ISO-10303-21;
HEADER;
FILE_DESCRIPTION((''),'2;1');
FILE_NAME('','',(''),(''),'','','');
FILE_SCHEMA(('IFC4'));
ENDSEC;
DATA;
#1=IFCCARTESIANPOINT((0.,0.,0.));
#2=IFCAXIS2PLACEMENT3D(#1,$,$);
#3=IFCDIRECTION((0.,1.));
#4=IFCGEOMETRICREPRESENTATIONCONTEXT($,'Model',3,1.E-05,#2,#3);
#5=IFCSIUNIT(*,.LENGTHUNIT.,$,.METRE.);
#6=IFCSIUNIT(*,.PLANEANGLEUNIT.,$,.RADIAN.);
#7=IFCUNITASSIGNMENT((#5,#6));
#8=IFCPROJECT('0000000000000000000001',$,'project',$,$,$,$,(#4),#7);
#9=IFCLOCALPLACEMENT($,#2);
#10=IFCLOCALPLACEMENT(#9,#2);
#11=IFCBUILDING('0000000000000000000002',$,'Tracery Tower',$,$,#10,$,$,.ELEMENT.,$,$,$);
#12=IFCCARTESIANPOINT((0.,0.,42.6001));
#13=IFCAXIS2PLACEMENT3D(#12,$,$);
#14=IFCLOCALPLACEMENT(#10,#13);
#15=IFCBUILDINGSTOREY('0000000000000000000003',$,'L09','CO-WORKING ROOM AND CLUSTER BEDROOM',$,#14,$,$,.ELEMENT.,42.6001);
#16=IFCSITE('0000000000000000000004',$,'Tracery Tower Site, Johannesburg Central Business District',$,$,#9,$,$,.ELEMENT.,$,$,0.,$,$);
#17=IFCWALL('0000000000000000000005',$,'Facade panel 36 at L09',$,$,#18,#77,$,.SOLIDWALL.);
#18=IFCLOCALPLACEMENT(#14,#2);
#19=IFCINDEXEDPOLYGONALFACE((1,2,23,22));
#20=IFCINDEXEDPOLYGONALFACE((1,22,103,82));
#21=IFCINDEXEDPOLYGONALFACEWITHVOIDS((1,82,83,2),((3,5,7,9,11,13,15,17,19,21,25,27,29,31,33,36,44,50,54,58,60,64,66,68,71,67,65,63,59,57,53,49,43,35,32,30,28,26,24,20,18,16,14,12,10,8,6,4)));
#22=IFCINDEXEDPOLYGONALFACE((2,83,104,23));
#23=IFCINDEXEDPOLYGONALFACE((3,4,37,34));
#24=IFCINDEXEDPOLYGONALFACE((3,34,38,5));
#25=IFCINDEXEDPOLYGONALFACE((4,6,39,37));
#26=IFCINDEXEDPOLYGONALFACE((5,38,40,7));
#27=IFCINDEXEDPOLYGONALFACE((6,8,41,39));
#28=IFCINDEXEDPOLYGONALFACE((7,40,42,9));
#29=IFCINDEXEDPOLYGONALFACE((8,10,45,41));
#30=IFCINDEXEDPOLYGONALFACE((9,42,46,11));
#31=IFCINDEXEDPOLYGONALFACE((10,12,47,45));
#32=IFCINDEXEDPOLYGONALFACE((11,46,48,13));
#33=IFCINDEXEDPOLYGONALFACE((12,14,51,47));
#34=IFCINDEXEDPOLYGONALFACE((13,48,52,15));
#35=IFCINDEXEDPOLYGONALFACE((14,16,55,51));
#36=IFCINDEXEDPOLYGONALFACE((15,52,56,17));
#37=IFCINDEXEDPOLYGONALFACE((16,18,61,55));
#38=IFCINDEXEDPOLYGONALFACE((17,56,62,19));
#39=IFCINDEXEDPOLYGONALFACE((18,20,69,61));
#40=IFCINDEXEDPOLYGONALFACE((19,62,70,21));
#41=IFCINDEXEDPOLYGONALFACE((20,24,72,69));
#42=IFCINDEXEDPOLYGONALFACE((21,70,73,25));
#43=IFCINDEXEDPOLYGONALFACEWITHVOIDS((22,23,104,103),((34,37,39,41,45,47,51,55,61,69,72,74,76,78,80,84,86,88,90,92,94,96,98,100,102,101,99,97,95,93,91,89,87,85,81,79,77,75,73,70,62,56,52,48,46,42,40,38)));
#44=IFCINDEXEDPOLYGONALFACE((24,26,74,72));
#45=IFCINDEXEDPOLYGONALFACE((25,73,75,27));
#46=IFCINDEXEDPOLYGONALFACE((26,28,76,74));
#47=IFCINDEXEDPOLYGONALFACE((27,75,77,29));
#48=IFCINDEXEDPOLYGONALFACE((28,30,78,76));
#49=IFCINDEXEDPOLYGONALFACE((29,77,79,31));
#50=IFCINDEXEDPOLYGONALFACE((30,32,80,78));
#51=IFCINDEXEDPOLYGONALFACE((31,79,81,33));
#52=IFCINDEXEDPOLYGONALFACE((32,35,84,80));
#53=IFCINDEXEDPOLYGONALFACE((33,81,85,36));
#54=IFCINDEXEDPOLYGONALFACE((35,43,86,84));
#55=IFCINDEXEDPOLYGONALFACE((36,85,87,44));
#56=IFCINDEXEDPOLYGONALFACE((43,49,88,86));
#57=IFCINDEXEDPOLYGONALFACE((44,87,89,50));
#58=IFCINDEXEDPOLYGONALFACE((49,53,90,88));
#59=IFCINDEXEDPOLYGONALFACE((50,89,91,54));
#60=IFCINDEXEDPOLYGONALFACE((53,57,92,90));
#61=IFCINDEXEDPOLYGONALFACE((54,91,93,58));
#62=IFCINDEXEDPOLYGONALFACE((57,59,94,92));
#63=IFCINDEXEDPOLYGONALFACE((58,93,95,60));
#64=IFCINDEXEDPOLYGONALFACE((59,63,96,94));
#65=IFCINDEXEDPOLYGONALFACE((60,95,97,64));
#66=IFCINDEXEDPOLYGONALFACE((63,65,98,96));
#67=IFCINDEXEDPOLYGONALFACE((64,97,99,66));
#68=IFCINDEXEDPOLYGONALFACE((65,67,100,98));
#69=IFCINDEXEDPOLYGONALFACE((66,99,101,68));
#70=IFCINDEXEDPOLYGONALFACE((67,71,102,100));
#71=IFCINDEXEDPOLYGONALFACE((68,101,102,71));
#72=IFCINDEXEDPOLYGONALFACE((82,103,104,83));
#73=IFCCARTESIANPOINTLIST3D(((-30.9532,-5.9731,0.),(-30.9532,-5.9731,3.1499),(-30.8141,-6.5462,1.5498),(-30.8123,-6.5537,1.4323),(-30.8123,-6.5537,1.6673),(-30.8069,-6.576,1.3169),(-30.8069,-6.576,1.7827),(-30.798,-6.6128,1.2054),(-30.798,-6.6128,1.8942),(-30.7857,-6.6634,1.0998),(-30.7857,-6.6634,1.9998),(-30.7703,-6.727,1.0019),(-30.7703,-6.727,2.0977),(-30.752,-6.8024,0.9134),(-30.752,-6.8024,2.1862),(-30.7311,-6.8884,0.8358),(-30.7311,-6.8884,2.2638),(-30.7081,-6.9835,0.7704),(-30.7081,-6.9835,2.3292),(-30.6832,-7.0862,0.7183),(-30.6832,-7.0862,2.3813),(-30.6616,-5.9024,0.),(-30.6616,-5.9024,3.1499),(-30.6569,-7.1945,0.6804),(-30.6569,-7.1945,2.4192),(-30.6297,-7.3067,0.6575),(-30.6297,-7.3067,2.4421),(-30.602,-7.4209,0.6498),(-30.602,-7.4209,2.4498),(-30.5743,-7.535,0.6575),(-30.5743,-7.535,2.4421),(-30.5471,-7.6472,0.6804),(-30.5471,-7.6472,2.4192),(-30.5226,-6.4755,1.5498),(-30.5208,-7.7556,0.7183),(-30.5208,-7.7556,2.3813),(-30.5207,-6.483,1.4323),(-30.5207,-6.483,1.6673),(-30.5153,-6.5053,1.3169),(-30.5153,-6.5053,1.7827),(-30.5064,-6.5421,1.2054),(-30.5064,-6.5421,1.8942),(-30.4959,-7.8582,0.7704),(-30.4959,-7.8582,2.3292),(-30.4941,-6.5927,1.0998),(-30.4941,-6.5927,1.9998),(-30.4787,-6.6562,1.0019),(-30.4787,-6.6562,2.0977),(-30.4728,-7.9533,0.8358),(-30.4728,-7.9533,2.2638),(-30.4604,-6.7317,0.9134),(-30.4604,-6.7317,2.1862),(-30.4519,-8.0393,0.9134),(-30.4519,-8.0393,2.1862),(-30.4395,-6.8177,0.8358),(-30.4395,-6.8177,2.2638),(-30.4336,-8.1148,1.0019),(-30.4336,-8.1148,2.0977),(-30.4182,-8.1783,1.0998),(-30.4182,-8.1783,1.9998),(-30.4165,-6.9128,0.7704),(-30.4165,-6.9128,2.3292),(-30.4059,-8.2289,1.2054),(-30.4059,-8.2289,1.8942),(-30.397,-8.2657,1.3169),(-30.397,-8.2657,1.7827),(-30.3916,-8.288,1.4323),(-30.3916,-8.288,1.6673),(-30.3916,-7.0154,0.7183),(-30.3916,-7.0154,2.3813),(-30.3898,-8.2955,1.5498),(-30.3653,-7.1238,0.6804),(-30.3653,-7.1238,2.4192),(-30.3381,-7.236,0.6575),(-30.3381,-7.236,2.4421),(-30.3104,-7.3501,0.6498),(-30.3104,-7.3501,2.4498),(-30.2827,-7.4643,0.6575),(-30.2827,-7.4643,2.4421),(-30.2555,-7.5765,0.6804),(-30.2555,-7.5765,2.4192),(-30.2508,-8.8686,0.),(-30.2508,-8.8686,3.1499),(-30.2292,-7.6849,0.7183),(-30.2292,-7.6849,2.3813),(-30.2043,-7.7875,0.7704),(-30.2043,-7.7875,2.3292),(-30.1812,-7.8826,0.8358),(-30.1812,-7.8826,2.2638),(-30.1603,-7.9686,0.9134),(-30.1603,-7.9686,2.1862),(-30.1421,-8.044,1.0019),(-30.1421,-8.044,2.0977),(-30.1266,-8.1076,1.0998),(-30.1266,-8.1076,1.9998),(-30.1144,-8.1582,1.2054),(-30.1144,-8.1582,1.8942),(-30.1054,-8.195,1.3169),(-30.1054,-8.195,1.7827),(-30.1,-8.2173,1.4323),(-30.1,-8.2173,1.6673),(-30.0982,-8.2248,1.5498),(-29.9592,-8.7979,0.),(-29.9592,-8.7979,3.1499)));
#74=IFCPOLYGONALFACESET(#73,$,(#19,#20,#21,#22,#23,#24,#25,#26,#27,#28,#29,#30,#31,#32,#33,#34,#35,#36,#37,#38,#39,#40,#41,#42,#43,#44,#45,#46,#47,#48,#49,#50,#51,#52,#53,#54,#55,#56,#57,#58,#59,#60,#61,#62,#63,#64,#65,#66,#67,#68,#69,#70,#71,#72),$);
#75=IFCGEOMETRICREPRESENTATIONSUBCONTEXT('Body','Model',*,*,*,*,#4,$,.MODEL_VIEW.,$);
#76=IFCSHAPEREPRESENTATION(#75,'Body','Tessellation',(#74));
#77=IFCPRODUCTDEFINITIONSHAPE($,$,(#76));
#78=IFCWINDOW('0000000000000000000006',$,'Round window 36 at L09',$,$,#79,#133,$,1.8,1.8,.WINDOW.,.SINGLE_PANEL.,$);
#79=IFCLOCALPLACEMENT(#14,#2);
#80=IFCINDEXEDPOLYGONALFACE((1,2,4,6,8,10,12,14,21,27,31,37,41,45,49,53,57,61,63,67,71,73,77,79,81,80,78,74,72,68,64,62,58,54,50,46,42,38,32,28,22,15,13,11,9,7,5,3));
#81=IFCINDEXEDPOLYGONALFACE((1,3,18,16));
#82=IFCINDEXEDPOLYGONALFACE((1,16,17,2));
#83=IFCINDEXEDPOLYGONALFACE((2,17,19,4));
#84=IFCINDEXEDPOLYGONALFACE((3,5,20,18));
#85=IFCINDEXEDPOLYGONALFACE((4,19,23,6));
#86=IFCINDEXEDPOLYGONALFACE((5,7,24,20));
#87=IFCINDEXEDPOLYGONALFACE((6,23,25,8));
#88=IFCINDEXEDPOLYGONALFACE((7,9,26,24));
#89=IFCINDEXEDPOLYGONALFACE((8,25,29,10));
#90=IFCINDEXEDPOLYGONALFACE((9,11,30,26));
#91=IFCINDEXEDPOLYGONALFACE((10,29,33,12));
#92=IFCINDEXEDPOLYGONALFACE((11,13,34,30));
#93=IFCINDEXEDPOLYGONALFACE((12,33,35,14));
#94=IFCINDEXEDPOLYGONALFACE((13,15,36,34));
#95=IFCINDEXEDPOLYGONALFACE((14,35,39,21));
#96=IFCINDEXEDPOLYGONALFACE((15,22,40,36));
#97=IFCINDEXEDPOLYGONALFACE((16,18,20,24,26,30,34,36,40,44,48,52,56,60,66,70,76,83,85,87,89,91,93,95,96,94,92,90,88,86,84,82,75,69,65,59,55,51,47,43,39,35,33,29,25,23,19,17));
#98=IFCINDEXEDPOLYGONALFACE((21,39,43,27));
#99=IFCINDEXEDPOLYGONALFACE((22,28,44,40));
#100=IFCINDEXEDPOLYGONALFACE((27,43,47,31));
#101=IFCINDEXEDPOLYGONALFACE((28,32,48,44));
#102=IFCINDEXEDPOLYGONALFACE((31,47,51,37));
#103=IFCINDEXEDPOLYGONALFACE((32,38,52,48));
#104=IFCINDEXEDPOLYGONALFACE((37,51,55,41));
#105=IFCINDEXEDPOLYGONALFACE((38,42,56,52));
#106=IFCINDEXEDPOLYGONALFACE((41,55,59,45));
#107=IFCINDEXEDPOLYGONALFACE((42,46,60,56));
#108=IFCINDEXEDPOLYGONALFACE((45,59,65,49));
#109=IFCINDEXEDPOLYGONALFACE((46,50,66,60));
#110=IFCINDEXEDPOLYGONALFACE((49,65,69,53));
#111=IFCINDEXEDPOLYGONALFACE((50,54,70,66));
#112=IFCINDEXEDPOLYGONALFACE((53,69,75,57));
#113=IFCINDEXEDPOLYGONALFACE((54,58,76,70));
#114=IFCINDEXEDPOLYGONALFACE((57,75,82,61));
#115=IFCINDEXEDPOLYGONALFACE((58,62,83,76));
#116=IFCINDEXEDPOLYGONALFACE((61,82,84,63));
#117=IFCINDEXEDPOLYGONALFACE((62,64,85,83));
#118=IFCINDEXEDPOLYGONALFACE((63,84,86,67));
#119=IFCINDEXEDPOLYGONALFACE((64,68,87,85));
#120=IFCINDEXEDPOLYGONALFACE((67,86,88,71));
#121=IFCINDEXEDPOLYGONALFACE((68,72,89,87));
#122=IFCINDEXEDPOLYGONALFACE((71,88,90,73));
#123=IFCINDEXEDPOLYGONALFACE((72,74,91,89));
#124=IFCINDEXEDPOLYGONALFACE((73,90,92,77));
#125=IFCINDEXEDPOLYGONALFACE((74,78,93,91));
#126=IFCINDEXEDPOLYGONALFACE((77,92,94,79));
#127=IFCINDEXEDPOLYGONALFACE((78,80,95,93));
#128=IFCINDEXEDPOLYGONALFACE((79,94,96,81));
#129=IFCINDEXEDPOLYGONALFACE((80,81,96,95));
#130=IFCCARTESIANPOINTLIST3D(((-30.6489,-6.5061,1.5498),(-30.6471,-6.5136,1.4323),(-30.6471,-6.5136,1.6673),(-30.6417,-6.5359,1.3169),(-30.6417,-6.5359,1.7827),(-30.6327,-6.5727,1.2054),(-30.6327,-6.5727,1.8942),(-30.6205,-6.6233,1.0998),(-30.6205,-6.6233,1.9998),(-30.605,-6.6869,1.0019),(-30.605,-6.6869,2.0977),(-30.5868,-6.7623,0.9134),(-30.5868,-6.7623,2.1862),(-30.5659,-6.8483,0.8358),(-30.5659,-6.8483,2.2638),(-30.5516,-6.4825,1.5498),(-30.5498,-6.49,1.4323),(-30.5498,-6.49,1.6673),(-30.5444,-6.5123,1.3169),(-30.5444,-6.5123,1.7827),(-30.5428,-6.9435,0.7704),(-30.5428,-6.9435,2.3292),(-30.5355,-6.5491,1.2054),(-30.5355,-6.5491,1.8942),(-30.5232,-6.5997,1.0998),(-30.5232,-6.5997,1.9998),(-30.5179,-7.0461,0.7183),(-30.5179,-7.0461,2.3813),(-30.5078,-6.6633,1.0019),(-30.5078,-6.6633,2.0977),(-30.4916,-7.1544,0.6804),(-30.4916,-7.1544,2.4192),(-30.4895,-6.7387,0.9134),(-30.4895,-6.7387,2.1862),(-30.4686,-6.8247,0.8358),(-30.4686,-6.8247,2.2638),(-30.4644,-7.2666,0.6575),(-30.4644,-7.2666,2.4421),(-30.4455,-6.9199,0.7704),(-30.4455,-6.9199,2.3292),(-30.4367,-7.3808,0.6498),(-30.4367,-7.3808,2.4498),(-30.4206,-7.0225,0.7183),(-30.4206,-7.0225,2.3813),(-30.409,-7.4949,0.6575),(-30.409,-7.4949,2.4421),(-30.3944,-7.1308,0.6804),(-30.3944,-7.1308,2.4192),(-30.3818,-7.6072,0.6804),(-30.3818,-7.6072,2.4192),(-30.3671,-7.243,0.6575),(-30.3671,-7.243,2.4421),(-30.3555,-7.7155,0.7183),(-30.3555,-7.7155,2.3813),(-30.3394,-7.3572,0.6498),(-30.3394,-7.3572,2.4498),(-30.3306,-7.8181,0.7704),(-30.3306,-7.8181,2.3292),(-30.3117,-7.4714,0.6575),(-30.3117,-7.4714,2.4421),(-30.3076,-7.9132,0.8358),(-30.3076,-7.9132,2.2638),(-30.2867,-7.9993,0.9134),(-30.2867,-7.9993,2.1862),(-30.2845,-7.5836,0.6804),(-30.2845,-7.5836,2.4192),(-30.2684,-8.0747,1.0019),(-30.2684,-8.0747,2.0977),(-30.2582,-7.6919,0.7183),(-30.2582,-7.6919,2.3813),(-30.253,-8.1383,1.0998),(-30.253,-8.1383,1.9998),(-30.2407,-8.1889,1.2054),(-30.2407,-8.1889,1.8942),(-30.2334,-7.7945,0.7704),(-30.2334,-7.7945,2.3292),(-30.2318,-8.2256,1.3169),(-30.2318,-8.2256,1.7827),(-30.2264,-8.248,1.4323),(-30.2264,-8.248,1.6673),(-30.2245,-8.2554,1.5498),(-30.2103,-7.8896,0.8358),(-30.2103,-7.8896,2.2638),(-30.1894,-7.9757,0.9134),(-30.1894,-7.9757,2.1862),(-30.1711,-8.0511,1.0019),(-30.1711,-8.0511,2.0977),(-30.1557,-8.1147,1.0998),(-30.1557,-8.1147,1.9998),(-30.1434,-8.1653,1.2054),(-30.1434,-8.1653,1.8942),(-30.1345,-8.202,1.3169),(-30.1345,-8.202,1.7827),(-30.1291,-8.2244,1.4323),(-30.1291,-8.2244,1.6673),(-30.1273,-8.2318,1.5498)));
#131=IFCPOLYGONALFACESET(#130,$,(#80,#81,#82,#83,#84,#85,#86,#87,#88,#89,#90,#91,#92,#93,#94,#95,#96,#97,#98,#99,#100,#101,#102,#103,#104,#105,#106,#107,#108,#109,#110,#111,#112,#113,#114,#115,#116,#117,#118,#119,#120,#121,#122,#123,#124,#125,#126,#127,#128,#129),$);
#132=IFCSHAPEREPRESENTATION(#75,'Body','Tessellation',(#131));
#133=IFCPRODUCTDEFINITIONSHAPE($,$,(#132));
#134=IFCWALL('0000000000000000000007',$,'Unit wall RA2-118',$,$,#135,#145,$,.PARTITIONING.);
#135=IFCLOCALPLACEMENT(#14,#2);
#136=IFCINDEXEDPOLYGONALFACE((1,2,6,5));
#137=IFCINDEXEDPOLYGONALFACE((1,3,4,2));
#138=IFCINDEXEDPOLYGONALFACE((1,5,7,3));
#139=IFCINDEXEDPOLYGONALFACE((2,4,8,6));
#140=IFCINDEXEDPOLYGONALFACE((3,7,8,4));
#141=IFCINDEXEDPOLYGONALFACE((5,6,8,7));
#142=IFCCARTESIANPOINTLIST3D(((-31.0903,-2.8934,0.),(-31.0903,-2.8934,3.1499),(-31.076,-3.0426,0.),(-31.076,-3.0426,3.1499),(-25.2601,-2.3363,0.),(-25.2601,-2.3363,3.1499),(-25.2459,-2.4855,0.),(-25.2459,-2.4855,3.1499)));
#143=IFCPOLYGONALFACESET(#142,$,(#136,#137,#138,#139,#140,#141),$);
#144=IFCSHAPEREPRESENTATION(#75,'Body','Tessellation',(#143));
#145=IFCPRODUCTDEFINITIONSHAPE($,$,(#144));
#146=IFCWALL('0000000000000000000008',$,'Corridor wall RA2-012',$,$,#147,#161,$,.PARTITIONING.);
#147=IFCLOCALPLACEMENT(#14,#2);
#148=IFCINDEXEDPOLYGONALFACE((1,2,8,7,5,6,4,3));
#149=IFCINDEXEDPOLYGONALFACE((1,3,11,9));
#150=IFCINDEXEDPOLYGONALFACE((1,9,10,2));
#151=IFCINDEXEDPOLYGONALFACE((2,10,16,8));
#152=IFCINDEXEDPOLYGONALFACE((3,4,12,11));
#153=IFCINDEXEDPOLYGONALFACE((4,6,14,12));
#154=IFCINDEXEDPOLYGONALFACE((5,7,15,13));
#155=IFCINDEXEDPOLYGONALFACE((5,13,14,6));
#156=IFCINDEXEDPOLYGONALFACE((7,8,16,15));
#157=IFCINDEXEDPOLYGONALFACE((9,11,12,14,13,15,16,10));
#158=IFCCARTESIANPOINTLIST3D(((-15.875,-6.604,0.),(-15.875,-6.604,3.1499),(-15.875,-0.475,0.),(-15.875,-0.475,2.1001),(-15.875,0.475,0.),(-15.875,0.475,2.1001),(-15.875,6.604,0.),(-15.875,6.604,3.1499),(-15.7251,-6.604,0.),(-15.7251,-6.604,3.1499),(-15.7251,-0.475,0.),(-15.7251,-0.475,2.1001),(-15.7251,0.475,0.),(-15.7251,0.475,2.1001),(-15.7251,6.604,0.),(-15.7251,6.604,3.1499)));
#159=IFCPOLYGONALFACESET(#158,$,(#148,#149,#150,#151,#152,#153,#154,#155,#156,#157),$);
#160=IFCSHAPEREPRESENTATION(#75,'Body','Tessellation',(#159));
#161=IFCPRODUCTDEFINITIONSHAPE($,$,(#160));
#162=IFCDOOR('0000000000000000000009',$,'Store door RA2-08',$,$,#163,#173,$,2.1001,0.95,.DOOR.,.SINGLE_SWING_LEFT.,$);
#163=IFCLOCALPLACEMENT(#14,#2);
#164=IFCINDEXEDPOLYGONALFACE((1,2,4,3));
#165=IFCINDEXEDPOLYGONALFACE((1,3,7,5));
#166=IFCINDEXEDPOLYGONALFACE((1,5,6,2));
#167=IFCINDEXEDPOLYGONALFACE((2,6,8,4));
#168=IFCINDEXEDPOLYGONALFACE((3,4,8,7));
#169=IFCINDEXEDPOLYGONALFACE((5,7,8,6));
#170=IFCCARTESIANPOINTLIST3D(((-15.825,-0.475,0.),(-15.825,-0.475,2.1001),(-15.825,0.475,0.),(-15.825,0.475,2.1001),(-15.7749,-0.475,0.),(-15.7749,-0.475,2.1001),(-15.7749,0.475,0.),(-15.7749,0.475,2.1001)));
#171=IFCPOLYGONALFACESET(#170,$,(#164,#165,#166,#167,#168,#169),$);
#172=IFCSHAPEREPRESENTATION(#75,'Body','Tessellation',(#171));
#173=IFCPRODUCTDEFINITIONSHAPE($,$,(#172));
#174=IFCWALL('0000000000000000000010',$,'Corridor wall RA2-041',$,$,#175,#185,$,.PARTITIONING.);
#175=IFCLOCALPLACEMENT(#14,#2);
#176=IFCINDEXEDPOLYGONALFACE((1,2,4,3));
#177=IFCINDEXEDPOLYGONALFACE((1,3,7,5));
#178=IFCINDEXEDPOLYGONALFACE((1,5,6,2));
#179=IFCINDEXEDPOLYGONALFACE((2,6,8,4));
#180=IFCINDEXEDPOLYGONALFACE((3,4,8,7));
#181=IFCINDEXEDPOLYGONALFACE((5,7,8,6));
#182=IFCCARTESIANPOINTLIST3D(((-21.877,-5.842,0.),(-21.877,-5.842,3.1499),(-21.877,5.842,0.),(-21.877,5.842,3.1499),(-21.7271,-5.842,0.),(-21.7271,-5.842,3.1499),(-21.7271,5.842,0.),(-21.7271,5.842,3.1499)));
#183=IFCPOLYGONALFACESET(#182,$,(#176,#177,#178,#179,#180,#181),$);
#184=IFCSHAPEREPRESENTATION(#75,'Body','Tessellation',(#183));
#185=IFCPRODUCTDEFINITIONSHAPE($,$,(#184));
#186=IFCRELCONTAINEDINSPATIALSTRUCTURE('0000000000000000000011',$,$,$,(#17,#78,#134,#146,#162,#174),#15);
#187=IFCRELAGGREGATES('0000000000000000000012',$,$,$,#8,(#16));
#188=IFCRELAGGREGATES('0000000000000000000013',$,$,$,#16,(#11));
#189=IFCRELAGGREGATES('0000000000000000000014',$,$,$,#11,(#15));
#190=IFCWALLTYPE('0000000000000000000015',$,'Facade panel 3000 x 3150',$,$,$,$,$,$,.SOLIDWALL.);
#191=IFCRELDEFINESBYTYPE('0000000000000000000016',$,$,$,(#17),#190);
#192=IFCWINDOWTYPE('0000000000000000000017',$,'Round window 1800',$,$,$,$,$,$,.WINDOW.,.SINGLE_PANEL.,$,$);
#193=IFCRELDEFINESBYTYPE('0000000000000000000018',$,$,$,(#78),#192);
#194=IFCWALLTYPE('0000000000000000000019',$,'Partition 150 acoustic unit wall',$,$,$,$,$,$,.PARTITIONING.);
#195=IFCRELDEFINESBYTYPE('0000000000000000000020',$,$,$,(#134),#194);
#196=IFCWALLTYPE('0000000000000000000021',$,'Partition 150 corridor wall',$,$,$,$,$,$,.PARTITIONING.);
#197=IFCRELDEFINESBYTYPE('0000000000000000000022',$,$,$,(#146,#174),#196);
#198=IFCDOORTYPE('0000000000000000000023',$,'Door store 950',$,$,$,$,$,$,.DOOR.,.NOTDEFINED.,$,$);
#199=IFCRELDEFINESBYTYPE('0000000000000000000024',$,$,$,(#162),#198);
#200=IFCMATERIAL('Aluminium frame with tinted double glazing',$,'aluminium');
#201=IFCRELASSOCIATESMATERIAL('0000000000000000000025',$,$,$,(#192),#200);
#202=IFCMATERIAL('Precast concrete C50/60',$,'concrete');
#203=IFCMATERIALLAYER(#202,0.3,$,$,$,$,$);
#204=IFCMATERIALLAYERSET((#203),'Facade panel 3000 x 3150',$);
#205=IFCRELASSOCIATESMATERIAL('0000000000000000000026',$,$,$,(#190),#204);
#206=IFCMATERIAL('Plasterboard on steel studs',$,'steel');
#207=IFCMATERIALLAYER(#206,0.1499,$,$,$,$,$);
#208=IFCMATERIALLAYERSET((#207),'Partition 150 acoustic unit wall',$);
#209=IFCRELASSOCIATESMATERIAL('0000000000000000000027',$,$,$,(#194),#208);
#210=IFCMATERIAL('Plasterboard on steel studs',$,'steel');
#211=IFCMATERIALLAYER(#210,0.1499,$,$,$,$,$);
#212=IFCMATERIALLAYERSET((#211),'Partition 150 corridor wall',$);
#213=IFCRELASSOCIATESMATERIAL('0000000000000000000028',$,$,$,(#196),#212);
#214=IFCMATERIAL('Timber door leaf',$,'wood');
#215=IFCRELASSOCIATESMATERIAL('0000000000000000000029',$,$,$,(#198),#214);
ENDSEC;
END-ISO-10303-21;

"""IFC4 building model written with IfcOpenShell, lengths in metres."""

from ifc_helpers import new_model, si_unit, direction, frame, frame_2d, origin, origin_2d, place, context, subcontext, project, spatial, rectangle, circle, extrude, material, layer, layer_set, type_object, element, fill, save


model = new_model("IFC4")

# Units and contexts
model_context = context("Model", 3, precision=1e-05, world=origin(), true_north=direction((0.0, 1.0)))
body_context = subcontext(model_context, "Body", "Model", "MODEL_VIEW")
ifc_project = project(units=[si_unit("LENGTHUNIT", "METRE"), si_unit("PLANEANGLEUNIT", "RADIAN")], contexts=[model_context])

# Site, building, storey
site_placement = place(None, origin())
site = spatial("IfcSite", under=ifc_project, at=site_placement, Name="Tracery Tower Site, Johannesburg Central Business District", CompositionType="ELEMENT", RefElevation=0.0)
building_placement = place(site_placement, origin())
building = spatial("IfcBuilding", under=site, at=building_placement, Name="Tracery Tower", CompositionType="ELEMENT")
storey_placement = place(building_placement, frame((0.0, 0.0, 42.6001)))
storey = spatial("IfcBuildingStorey", under=building, at=storey_placement, Name="L09", Description="CO-WORKING ROOM AND CLUSTER BEDROOM", CompositionType="ELEMENT", Elevation=42.6001)

# Wall, opening, window
ifc_material_1 = material(Name="Aluminium frame with tinted double glazing", Category="aluminium")
window_type = type_object("IfcWindowType", Name="Round window 1800", PartitioningType="SINGLE_PANEL", PredefinedType="WINDOW", material=ifc_material_1)
ifc_material_2 = material(Name="Precast concrete C50/60", Category="concrete")
ifc_layer_1 = layer(ifc_material_2, 0.3)
ifc_layer_set_1 = layer_set([ifc_layer_1], Name="Facade panel 3000 x 3150")
wall_type_1 = type_object("IfcWallType", Name="Facade panel 3000 x 3150", PredefinedType="SOLIDWALL", material=ifc_layer_set_1)
wall_1_placement = place(storey_placement, frame((-30.8074, -5.9377, 0.0), z_axis=(0.0, 0.0, 1.0), x_axis=(0.235743, -0.971815, 0.0)))
wall_1 = element("IfcWall", 1, at=wall_1_placement, inside=storey, type_object=wall_type_1, Name="Facade panel 36 at L09", PredefinedType="SOLIDWALL", context=body_context, shape_type="SweptSolid", body=[
    extrude(rectangle(XDim=2.9795, YDim=0.3, at=frame_2d((1.4897, 0.0))), origin(), (0.0, 0.0, 1.0), 3.1499),
])
opening_1_placement = place(wall_1_placement, frame((1.4897, 0.0, 1.5498)))
opening_1 = element("IfcOpeningElement", 2, at=opening_1_placement, cuts=wall_1, PredefinedType="OPENING", context=body_context, shape_type="SweptSolid", body=[
    extrude(circle(Radius=0.9, at=origin_2d()), frame((0.0, 0.1599, 0.0), z_axis=(0.0, -1.0, 0.0), x_axis=(1.0, 0.0, 0.0)), (0.0, 0.0, 1.0), 0.3201),
])
window_1_placement = place(opening_1_placement, origin())
window_1 = element("IfcWindow", 3, at=window_1_placement, inside=storey, type_object=window_type, Name="Round window 36 at L09", OverallHeight=1.8, OverallWidth=1.8, PartitioningType="SINGLE_PANEL", PredefinedType="WINDOW", context=body_context, shape_type="SweptSolid", body=[
    extrude(circle(Radius=0.9, at=origin_2d()), frame((0.0, 0.1201, 0.0), z_axis=(0.0, -1.0, 0.0), x_axis=(1.0, 0.0, 0.0)), (0.0, 0.0, 1.0), 0.1001),
])
fill(opening_1, window_1)

# Wall
ifc_material_3 = material(Name="Plasterboard on steel studs", Category="steel")
ifc_layer_2 = layer(ifc_material_3, 0.1499)
ifc_layer_set_2 = layer_set([ifc_layer_2], Name="Partition 150 acoustic unit wall")
wall_type_2 = type_object("IfcWallType", Name="Partition 150 acoustic unit wall", PredefinedType="PARTITIONING", material=ifc_layer_set_2)
wall_2_placement = place(storey_placement, frame((-31.083, -2.968, 0.0), z_axis=(0.0, 0.0, 1.0), x_axis=(0.995465, 0.095128, 0.0)))
element("IfcWall", 4, at=wall_2_placement, inside=storey, type_object=wall_type_2, Name="Unit wall RA2-118", PredefinedType="PARTITIONING", context=body_context, shape_type="SweptSolid", body=[
    extrude(rectangle(XDim=5.8567, YDim=0.1499, at=frame_2d((2.9282, 0.0))), origin(), (0.0, 0.0, 1.0), 3.1499),
])

# Wall, opening, door
ifc_material_4 = material(Name="Plasterboard on steel studs", Category="steel")
ifc_layer_3 = layer(ifc_material_4, 0.1499)
ifc_layer_set_3 = layer_set([ifc_layer_3], Name="Partition 150 corridor wall")
wall_type_3 = type_object("IfcWallType", Name="Partition 150 corridor wall", PredefinedType="PARTITIONING", material=ifc_layer_set_3)
wall_3_placement = place(storey_placement, frame((-15.8, -6.604, 0.0), z_axis=(0.0, 0.0, 1.0), x_axis=(0.0, 1.0, 0.0)))
wall_3 = element("IfcWall", 5, at=wall_3_placement, inside=storey, type_object=wall_type_3, Name="Corridor wall RA2-012", PredefinedType="PARTITIONING", context=body_context, shape_type="SweptSolid", body=[
    extrude(rectangle(XDim=13.208, YDim=0.1499, at=frame_2d((6.604, 0.0))), origin(), (0.0, 0.0, 1.0), 3.1499),
])
opening_2_placement = place(wall_3_placement, frame((6.1289, 0.0, 0.0)))
opening_2 = element("IfcOpeningElement", 6, at=opening_2_placement, cuts=wall_3, PredefinedType="OPENING", context=body_context, shape_type="SweptSolid", body=[
    extrude(rectangle(XDim=0.95, YDim=2.1001, at=frame_2d((0.4751, 1.05))), frame((0.0, 0.075, 0.0), z_axis=(0.0, -1.0, 0.0), x_axis=(1.0, 0.0, 0.0)), (0.0, 0.0, 1.0), 0.1499),
])
ifc_material_5 = material(Name="Timber door leaf", Category="wood")
door_type_1 = type_object("IfcDoorType", Name="Door store 950", OperationType="NOTDEFINED", PredefinedType="DOOR", material=ifc_material_5)
door_1_placement = place(opening_2_placement, origin())
door_1 = element("IfcDoor", 7, at=door_1_placement, inside=storey, type_object=door_type_1, Name="Store door RA2-08", OperationType="SINGLE_SWING_LEFT", OverallHeight=2.1001, OverallWidth=0.95, PredefinedType="DOOR", context=body_context, shape_type="SweptSolid", body=[
    extrude(rectangle(XDim=0.95, YDim=2.1001, at=frame_2d((0.4751, 1.05))), frame((0.0, 0.0249, 0.0), z_axis=(0.0, -1.0, 0.0), x_axis=(1.0, 0.0, 0.0)), (0.0, 0.0, 1.0), 0.05),
])
fill(opening_2, door_1)

# Wall
wall_4_placement = place(storey_placement, frame((-21.802, -5.842, 0.0), z_axis=(0.0, 0.0, 1.0), x_axis=(0.0, 1.0, 0.0)))
element("IfcWall", 8, at=wall_4_placement, inside=storey, type_object=wall_type_3, Name="Corridor wall RA2-041", PredefinedType="PARTITIONING", context=body_context, shape_type="SweptSolid", body=[
    extrude(rectangle(XDim=11.6841, YDim=0.1499, at=frame_2d((5.842, 0.0))), origin(), (0.0, 0.0, 1.0), 3.1499),
])

save(model, "model.ifc")
